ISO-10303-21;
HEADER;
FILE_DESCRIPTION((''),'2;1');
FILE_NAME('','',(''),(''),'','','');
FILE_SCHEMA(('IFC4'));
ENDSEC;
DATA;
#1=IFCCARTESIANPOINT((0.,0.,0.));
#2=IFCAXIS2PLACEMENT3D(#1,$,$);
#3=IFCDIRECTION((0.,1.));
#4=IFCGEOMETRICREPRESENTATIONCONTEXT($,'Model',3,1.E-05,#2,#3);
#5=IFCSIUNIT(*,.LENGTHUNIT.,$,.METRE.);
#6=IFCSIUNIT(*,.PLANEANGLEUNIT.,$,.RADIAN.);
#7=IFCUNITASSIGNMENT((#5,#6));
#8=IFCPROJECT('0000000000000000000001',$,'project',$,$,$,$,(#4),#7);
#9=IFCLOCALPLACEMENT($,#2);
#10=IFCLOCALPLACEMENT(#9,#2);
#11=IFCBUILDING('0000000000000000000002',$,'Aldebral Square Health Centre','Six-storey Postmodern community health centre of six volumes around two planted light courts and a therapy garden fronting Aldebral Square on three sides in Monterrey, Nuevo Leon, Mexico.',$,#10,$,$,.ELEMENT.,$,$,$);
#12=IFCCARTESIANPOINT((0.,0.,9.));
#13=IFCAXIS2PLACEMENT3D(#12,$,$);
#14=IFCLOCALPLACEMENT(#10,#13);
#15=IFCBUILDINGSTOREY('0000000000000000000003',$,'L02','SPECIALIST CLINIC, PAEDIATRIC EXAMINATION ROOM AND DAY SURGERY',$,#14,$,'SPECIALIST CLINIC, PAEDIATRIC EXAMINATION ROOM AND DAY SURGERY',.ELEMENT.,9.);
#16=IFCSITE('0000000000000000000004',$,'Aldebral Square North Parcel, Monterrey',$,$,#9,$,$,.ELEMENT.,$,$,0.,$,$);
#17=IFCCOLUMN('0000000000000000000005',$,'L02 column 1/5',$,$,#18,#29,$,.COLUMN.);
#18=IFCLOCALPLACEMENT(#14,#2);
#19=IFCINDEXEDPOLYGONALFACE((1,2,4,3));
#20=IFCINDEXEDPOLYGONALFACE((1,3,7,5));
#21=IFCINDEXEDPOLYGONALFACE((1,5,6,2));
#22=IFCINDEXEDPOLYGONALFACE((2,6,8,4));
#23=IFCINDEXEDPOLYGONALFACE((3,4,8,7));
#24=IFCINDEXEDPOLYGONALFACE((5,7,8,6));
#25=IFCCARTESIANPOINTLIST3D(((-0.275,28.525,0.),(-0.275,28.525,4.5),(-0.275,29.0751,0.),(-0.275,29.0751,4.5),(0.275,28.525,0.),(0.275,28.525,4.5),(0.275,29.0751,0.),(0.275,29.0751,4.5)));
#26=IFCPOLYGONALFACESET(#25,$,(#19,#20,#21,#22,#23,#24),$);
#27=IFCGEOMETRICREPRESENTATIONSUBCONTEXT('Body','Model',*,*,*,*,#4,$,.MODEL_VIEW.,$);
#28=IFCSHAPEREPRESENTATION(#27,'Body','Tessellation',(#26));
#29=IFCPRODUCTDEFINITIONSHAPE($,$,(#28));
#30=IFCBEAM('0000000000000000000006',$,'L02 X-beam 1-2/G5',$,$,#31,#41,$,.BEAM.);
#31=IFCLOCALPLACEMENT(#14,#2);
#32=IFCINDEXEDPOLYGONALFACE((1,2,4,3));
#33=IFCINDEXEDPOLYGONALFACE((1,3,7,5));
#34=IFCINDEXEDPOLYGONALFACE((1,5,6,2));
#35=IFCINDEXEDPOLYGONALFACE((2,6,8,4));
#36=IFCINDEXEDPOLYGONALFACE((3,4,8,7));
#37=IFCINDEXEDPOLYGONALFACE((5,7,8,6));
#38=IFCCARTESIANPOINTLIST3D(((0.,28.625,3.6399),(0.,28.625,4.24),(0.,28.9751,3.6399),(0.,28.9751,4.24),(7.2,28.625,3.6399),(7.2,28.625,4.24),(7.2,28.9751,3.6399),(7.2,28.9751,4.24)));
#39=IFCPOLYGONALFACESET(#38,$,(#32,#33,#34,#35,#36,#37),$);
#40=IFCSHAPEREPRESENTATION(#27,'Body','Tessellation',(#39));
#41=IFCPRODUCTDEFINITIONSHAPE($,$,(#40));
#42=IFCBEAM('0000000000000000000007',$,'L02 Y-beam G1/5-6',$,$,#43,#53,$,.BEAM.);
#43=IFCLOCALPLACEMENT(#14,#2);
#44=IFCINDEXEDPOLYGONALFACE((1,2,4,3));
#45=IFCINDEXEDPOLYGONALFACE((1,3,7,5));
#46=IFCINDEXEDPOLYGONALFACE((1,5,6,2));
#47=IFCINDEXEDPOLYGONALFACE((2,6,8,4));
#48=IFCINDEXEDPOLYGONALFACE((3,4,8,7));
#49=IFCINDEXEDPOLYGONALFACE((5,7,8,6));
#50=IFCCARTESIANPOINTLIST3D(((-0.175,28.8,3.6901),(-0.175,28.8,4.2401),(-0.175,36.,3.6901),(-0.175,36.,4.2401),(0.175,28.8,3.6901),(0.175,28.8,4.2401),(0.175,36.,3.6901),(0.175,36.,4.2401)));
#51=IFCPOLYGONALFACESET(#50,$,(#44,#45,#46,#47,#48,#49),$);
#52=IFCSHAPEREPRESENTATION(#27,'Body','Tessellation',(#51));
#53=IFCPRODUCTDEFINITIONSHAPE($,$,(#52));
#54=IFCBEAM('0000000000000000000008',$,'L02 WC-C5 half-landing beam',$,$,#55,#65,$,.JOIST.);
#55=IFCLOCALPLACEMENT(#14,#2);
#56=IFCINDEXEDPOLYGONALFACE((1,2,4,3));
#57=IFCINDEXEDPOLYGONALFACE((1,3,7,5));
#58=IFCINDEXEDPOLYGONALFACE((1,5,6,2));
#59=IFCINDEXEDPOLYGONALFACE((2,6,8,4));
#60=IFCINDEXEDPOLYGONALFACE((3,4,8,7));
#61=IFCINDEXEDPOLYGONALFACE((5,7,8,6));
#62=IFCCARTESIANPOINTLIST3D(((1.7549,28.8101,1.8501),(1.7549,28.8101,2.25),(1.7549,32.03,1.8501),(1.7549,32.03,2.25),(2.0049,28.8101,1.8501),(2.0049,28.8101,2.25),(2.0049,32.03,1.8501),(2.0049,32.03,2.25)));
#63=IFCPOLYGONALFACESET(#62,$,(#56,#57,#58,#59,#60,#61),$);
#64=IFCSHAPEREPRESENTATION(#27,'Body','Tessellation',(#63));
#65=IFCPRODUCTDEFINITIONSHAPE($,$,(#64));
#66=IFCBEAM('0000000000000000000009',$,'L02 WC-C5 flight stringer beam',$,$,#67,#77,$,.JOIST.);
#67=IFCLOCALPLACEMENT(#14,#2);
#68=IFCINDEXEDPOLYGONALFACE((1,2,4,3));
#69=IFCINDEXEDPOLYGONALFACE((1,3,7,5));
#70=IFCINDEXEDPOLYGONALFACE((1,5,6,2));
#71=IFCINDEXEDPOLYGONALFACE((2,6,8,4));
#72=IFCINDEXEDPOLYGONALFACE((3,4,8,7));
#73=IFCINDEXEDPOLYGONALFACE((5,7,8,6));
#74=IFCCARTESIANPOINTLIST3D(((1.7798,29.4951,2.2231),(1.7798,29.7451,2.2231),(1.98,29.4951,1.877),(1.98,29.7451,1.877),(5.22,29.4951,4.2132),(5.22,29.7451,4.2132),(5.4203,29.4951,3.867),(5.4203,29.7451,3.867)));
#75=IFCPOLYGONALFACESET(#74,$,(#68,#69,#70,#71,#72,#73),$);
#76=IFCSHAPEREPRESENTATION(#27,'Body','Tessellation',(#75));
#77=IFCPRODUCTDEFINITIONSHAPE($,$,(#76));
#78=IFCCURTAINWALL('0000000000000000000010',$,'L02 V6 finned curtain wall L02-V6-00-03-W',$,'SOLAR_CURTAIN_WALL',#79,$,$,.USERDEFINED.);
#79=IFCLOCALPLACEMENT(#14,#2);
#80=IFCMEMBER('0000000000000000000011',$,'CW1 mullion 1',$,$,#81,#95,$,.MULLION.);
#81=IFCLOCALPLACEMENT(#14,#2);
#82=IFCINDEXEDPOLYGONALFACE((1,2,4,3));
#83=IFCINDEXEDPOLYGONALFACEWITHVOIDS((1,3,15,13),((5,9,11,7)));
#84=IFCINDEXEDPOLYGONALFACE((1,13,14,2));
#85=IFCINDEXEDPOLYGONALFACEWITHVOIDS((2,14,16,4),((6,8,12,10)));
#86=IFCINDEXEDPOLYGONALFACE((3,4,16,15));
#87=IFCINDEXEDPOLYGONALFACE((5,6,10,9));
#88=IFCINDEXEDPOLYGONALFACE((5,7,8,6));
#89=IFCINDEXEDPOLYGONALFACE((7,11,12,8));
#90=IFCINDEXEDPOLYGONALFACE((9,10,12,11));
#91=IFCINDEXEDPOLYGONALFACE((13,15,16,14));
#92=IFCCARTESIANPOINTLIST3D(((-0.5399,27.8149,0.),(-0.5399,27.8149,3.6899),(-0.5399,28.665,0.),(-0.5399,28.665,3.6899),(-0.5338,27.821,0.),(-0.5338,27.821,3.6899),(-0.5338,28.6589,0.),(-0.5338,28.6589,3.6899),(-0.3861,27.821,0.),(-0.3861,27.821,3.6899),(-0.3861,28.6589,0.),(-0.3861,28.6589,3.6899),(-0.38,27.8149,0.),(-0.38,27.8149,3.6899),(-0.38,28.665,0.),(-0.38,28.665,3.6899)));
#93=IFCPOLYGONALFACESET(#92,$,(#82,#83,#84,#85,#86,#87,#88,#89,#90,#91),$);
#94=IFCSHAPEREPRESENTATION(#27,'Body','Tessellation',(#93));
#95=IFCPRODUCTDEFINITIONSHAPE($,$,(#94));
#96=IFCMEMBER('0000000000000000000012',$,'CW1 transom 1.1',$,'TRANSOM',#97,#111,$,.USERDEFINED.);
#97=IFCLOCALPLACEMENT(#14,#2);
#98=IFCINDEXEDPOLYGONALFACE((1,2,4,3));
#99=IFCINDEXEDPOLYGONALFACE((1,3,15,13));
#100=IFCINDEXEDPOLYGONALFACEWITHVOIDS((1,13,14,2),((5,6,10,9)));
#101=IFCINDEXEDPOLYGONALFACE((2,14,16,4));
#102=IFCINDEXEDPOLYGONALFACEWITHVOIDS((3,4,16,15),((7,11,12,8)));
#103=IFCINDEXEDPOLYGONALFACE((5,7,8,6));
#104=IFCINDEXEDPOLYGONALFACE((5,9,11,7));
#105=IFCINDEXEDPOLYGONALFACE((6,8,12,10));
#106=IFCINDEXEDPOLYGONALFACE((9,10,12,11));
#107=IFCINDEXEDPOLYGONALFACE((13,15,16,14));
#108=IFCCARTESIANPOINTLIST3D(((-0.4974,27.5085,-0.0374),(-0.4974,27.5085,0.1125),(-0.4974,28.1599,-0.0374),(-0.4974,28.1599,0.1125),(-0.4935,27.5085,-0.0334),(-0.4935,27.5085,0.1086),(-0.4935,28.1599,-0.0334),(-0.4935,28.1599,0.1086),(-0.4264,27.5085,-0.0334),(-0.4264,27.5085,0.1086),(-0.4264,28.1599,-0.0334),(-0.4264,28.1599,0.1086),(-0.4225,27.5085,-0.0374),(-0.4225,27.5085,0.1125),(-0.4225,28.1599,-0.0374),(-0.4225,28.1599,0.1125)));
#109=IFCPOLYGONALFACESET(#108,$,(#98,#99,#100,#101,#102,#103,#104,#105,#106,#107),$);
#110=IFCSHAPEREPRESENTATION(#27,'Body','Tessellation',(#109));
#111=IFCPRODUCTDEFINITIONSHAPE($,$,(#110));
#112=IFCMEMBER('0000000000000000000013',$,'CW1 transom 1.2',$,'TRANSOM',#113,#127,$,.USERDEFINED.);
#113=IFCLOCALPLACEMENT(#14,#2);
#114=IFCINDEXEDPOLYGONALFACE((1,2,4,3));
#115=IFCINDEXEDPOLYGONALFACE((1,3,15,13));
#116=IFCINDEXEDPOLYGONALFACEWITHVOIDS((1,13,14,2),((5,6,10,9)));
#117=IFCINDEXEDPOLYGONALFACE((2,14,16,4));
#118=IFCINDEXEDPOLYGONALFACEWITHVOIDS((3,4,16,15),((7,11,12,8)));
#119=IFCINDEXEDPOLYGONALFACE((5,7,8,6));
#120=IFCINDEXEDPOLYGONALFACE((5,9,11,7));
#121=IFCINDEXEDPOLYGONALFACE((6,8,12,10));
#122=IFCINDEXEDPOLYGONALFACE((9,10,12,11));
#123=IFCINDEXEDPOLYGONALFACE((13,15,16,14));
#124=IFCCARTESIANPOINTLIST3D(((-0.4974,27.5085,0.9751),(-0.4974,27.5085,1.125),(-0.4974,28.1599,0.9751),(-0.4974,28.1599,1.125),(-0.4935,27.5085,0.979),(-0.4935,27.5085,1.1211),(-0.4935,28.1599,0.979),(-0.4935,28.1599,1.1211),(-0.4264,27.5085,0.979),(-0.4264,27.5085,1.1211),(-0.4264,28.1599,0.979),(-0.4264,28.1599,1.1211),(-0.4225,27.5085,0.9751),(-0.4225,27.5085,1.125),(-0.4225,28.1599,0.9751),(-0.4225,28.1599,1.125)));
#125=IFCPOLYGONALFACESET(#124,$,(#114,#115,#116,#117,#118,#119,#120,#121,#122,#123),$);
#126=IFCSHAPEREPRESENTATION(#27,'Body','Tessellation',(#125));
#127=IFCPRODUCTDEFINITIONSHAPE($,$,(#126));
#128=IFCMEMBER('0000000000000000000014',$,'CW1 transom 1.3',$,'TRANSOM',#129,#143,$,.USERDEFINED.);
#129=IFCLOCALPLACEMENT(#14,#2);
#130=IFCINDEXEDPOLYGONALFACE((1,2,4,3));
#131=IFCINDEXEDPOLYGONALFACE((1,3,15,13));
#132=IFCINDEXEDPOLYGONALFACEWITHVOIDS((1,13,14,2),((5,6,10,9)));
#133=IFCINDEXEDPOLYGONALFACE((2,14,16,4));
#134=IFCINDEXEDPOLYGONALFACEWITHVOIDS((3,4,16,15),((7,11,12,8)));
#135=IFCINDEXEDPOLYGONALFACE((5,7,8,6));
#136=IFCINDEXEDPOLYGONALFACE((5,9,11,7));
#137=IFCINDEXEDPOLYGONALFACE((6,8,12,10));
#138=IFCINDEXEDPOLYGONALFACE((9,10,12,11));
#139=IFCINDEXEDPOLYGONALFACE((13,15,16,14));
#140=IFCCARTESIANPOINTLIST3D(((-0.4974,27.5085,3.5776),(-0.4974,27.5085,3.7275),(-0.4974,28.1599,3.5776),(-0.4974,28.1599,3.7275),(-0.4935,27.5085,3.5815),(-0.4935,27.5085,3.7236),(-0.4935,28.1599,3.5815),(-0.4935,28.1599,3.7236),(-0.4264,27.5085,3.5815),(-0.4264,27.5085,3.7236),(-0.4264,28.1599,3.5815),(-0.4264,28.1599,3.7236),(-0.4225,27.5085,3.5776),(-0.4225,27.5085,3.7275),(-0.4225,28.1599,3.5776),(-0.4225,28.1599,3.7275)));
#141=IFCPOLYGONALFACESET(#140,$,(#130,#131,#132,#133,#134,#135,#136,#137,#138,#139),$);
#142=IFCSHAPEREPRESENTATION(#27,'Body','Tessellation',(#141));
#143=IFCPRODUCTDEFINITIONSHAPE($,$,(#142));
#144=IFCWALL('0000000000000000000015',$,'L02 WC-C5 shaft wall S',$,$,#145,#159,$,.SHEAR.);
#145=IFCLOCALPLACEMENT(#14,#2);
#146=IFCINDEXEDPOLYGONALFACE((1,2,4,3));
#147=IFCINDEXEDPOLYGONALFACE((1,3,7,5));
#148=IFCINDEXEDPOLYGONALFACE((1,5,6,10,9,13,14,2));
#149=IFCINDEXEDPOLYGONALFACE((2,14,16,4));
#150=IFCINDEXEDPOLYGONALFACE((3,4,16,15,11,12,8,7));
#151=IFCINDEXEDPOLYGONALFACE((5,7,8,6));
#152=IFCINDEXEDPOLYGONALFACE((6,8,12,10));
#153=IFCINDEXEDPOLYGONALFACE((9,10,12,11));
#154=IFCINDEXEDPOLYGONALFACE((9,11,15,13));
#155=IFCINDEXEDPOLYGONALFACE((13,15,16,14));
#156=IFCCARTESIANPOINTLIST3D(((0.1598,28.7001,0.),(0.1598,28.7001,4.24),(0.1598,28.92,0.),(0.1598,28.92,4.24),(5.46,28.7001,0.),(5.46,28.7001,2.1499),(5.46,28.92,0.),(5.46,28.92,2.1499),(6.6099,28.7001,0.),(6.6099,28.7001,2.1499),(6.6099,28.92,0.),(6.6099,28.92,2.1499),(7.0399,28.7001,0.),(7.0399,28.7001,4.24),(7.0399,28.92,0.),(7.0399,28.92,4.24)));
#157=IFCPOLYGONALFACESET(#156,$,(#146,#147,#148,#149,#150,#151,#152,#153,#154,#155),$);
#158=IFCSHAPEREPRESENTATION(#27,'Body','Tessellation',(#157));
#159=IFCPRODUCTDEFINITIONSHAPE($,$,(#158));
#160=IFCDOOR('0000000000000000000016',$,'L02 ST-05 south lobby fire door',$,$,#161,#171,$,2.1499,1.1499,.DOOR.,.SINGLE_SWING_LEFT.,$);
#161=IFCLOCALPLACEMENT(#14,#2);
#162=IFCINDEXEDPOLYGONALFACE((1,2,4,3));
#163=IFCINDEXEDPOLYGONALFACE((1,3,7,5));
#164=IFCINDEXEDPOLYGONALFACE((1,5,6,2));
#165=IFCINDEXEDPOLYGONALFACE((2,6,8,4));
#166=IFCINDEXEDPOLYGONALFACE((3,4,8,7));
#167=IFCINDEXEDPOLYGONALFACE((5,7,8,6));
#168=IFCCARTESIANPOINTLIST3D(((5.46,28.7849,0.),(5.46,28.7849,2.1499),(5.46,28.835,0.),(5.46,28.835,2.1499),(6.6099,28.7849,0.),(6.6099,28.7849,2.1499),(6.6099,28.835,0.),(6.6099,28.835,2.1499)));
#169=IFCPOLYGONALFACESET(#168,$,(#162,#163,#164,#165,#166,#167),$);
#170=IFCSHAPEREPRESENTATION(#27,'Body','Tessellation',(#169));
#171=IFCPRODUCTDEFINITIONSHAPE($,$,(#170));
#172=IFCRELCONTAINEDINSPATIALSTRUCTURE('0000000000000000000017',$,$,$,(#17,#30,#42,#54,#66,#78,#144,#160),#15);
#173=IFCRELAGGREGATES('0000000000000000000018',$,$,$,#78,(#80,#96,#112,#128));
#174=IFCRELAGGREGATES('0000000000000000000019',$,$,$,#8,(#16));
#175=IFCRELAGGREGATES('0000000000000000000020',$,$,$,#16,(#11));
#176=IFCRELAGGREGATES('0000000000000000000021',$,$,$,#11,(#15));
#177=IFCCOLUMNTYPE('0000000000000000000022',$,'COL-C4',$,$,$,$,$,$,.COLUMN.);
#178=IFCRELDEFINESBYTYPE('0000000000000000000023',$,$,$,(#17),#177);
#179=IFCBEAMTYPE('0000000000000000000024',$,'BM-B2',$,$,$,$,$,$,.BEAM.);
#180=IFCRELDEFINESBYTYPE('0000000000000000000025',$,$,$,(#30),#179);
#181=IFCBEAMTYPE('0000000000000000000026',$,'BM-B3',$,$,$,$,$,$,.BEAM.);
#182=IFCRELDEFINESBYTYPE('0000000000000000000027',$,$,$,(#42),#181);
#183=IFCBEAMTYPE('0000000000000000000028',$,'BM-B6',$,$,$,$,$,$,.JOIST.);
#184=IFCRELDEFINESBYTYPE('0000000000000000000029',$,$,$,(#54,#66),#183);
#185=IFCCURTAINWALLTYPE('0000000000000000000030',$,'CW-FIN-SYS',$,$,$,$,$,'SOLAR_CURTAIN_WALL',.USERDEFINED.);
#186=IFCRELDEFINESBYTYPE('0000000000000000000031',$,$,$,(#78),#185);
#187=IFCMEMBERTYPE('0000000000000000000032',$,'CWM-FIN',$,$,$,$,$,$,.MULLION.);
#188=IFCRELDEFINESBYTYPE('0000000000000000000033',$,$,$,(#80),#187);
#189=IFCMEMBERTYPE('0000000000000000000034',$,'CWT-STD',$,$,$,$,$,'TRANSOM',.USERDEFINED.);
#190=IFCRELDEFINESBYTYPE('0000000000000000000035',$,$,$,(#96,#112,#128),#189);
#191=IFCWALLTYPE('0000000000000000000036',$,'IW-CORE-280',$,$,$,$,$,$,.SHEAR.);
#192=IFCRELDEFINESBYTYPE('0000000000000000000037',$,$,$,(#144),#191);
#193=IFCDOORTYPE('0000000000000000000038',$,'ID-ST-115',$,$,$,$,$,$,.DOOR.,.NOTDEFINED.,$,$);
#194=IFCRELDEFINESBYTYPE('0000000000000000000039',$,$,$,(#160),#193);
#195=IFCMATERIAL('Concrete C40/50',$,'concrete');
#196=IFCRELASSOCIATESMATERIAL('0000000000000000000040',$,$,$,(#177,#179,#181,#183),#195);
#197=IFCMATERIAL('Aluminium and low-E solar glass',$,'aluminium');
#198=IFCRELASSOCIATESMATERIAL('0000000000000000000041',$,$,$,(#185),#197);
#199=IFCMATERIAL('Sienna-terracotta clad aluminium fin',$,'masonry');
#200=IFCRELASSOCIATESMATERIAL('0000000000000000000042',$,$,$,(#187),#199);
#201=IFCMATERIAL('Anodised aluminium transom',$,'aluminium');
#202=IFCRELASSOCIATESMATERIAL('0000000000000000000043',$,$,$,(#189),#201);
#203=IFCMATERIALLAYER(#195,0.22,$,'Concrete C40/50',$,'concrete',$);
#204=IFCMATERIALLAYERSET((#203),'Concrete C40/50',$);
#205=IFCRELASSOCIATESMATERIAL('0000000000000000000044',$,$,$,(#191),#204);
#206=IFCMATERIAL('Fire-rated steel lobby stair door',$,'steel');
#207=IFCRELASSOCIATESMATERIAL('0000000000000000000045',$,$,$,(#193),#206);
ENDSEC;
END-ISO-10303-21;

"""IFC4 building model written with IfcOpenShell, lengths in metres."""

from ifc_helpers import new_model, si_unit, direction, frame, frame_2d, origin, origin_2d, place, context, subcontext, project, spatial, rectangle, hollow_rectangle, extrude, material, layer, layer_set, material_profile, profile_set, type_object, element, fill, aggregate, save


model = new_model("IFC4")

# Units and contexts
model_context = context("Model", 3, precision=1e-05, world=origin(), true_north=direction((0.0, 1.0)))
body_context = subcontext(model_context, "Body", "Model", "MODEL_VIEW")
ifc_project = project(units=[si_unit("LENGTHUNIT", "METRE"), si_unit("PLANEANGLEUNIT", "RADIAN")], contexts=[model_context])

# Site, building, storey
site_placement = place(None, origin())
site = spatial("IfcSite", under=ifc_project, at=site_placement, Name="Aldebral Square North Parcel, Monterrey", CompositionType="ELEMENT", RefElevation=0.0)
building_placement = place(site_placement, origin())
building = spatial("IfcBuilding", under=site, at=building_placement, Name="Aldebral Square Health Centre", Description="Six-storey Postmodern community health centre of six volumes around two planted light courts and a therapy garden fronting Aldebral Square on three sides in Monterrey, Nuevo Leon, Mexico.", CompositionType="ELEMENT")
storey_placement = place(building_placement, frame((0.0, 0.0, 9.0)))
storey = spatial("IfcBuildingStorey", under=building, at=storey_placement, Name="L02", Description="SPECIALIST CLINIC, PAEDIATRIC EXAMINATION ROOM AND DAY SURGERY", LongName="SPECIALIST CLINIC, PAEDIATRIC EXAMINATION ROOM AND DAY SURGERY", CompositionType="ELEMENT", Elevation=9.0)

# Column
ifc_material_1 = material(Name="Concrete C40/50", Category="concrete")
ifc_material_profile_1 = material_profile(ifc_material_1, rectangle(XDim=0.55, YDim=0.55, at=origin_2d()), Name="RC 550x550")
ifc_profile_set_1 = profile_set([ifc_material_profile_1], Name="Concrete C40/50")
column_type = type_object("IfcColumnType", Name="COL-C4", PredefinedType="COLUMN", material=ifc_profile_set_1)
column_placement = place(storey_placement, frame((0.0, 28.8, 0.0), z_axis=(0.0, 0.0, 1.0), x_axis=(1.0, 0.0, 0.0)))
element("IfcColumn", 1, at=column_placement, inside=storey, type_object=column_type, Name="L02 column 1/5", PredefinedType="COLUMN", context=body_context, shape_type="SweptSolid", body=[
    extrude(rectangle(XDim=0.55, YDim=0.55, at=origin_2d()), origin(), (0.0, 0.0, 1.0), 4.5),
])

# Beams
ifc_material_profile_2 = material_profile(ifc_material_1, rectangle(XDim=0.3501, YDim=0.6001, at=origin_2d()), Name="RC 350x600")
ifc_profile_set_2 = profile_set([ifc_material_profile_2], Name="Concrete C40/50")
beam_type_1 = type_object("IfcBeamType", Name="BM-B2", PredefinedType="BEAM", material=ifc_profile_set_2)
beam_1_placement = place(storey_placement, frame((0.0, 28.8, 3.9399), z_axis=(1.0, 0.0, 0.0), x_axis=(0.0, 1.0, 0.0)))
element("IfcBeam", 2, at=beam_1_placement, inside=storey, type_object=beam_type_1, Name="L02 X-beam 1-2/G5", PredefinedType="BEAM", context=body_context, shape_type="SweptSolid", body=[
    extrude(rectangle(XDim=0.3501, YDim=0.6001, at=origin_2d()), origin(), (0.0, 0.0, 1.0), 7.2),
])
ifc_material_profile_3 = material_profile(ifc_material_1, rectangle(XDim=0.3501, YDim=0.55, at=origin_2d()), Name="RC 350x550")
ifc_profile_set_3 = profile_set([ifc_material_profile_3], Name="Concrete C40/50")
beam_type_2 = type_object("IfcBeamType", Name="BM-B3", PredefinedType="BEAM", material=ifc_profile_set_3)
beam_2_placement = place(storey_placement, frame((0.0, 28.8, 3.9651), z_axis=(0.0, 1.0, 0.0), x_axis=(-1.0, 0.0, 0.0)))
element("IfcBeam", 3, at=beam_2_placement, inside=storey, type_object=beam_type_2, Name="L02 Y-beam G1/5-6", PredefinedType="BEAM", context=body_context, shape_type="SweptSolid", body=[
    extrude(rectangle(XDim=0.3501, YDim=0.55, at=origin_2d()), origin(), (0.0, 0.0, 1.0), 7.2),
])
ifc_material_profile_4 = material_profile(ifc_material_1, rectangle(XDim=0.25, YDim=0.3999, at=origin_2d()), Name="RC 250x400")
ifc_profile_set_4 = profile_set([ifc_material_profile_4], Name="Concrete C40/50")
beam_type_3 = type_object("IfcBeamType", Name="BM-B6", PredefinedType="JOIST", material=ifc_profile_set_4)
beam_3_placement = place(storey_placement, frame((1.8799, 28.8101, 2.05), z_axis=(0.0, 1.0, 0.0), x_axis=(-1.0, 0.0, 0.0)))
element("IfcBeam", 4, at=beam_3_placement, inside=storey, type_object=beam_type_3, Name="L02 WC-C5 half-landing beam", PredefinedType="JOIST", context=body_context, shape_type="SweptSolid", body=[
    extrude(rectangle(XDim=0.25, YDim=0.3999, at=origin_2d()), origin(), (0.0, 0.0, 1.0), 3.22),
])
beam_4_placement = place(storey_placement, frame((1.8799, 29.6201, 2.05), z_axis=(0.865611, 0.0, 0.500717), x_axis=(0.0, 1.0, 0.0)))
element("IfcBeam", 5, at=beam_4_placement, inside=storey, type_object=beam_type_3, Name="L02 WC-C5 flight stringer beam", PredefinedType="JOIST", context=body_context, shape_type="SweptSolid", body=[
    extrude(rectangle(XDim=0.25, YDim=0.3999, at=origin_2d()), origin(), (0.0, 0.0, 1.0), 3.9744),
])

# Curtain wall, members
ifc_material_2 = material(Name="Aluminium and low-E solar glass", Category="aluminium")
curtain_wall_type = type_object("IfcCurtainWallType", Name="CW-FIN-SYS", ElementType="SOLAR_CURTAIN_WALL", PredefinedType="USERDEFINED", material=ifc_material_2)
curtain_wall_placement = place(storey_placement, origin())
curtain_wall = element("IfcCurtainWall", 6, at=curtain_wall_placement, inside=storey, type_object=curtain_wall_type, Name="L02 V6 finned curtain wall L02-V6-00-03-W", ObjectType="SOLAR_CURTAIN_WALL", PredefinedType="USERDEFINED")
ifc_material_3 = material(Name="Sienna-terracotta clad aluminium fin", Category="masonry")
ifc_material_profile_5 = material_profile(ifc_material_3, hollow_rectangle(XDim=0.1599, YDim=0.8501, WallThickness=0.0061, at=origin_2d()), Name="FIN 160x850x6")
ifc_profile_set_5 = profile_set([ifc_material_profile_5], Name="Sienna-terracotta clad aluminium fin")
member_type_1 = type_object("IfcMemberType", Name="CWM-FIN", PredefinedType="MULLION", material=ifc_profile_set_5)
member_1_placement = place(storey_placement, frame((-0.46, 28.24, 0.0), z_axis=(0.0, 0.0, 1.0), x_axis=(1.0, 0.0, 0.0)))
member_1 = element("IfcMember", 7, at=member_1_placement, type_object=member_type_1, Name="CW1 mullion 1", PredefinedType="MULLION", context=body_context, shape_type="SweptSolid", body=[
    extrude(hollow_rectangle(XDim=0.1599, YDim=0.8501, WallThickness=0.0061, at=origin_2d()), origin(), (0.0, 0.0, 1.0), 3.6899),
])
ifc_material_4 = material(Name="Anodised aluminium transom", Category="aluminium")
ifc_material_profile_6 = material_profile(ifc_material_4, hollow_rectangle(XDim=0.075, YDim=0.1499, WallThickness=0.0039, at=origin_2d()), Name="CWT 75x150x4")
ifc_profile_set_6 = profile_set([ifc_material_profile_6], Name="Anodised aluminium transom")
member_type_2 = type_object("IfcMemberType", Name="CWT-STD", ElementType="TRANSOM", PredefinedType="USERDEFINED", material=ifc_profile_set_6)
member_2_placement = place(storey_placement, frame((-0.46, 28.1599, 0.0376), z_axis=(0.0, -1.0, 0.0), x_axis=(1.0, 0.0, 0.0)))
member_2 = element("IfcMember", 8, at=member_2_placement, type_object=member_type_2, Name="CW1 transom 1.1", ObjectType="TRANSOM", PredefinedType="USERDEFINED", context=body_context, shape_type="SweptSolid", body=[
    extrude(hollow_rectangle(XDim=0.075, YDim=0.1499, WallThickness=0.0039, at=origin_2d()), origin(), (0.0, 0.0, 1.0), 0.6514),
])
member_3_placement = place(storey_placement, frame((-0.46, 28.1599, 1.05), z_axis=(0.0, -1.0, 0.0), x_axis=(1.0, 0.0, 0.0)))
member_3 = element("IfcMember", 9, at=member_3_placement, type_object=member_type_2, Name="CW1 transom 1.2", ObjectType="TRANSOM", PredefinedType="USERDEFINED", context=body_context, shape_type="SweptSolid", body=[
    extrude(hollow_rectangle(XDim=0.075, YDim=0.1499, WallThickness=0.0039, at=origin_2d()), origin(), (0.0, 0.0, 1.0), 0.6514),
])
member_4_placement = place(storey_placement, frame((-0.46, 28.1599, 3.6526), z_axis=(0.0, -1.0, 0.0), x_axis=(1.0, 0.0, 0.0)))
member_4 = element("IfcMember", 10, at=member_4_placement, type_object=member_type_2, Name="CW1 transom 1.3", ObjectType="TRANSOM", PredefinedType="USERDEFINED", context=body_context, shape_type="SweptSolid", body=[
    extrude(hollow_rectangle(XDim=0.075, YDim=0.1499, WallThickness=0.0039, at=origin_2d()), origin(), (0.0, 0.0, 1.0), 0.6514),
])
aggregate(curtain_wall, [member_1, member_2, member_3, member_4])

# Wall, opening, door
ifc_layer_1 = layer(ifc_material_1, 0.22, Name="Concrete C40/50", Category="concrete")
ifc_layer_set_1 = layer_set([ifc_layer_1], Name="Concrete C40/50")
wall_type_1 = type_object("IfcWallType", Name="IW-CORE-280", PredefinedType="SHEAR", material=ifc_layer_set_1)
wall_1_placement = place(storey_placement, frame((0.1599, 28.8101, 0.0), z_axis=(0.0, 0.0, 1.0), x_axis=(1.0, 0.0, 0.0)))
wall_1 = element("IfcWall", 11, at=wall_1_placement, inside=storey, type_object=wall_type_1, Name="L02 WC-C5 shaft wall S", PredefinedType="SHEAR", context=body_context, shape_type="SweptSolid", body=[
    extrude(rectangle(XDim=6.8801, YDim=0.22, at=frame_2d((3.4399, 0.0))), origin(), (0.0, 0.0, 1.0), 4.24),
])
opening_1_placement = place(wall_1_placement, frame((5.3, 0.0, 0.0)))
opening_1 = element("IfcOpeningElement", 12, at=opening_1_placement, cuts=wall_1, PredefinedType="OPENING", context=body_context, shape_type="SweptSolid", body=[
    extrude(rectangle(XDim=1.1499, YDim=2.1499, at=frame_2d((0.575, 1.075))), frame((0.0, 0.1201, 0.0), z_axis=(0.0, -1.0, 0.0), x_axis=(1.0, 0.0, 0.0)), (0.0, 0.0, 1.0), 0.24),
])
ifc_material_5 = material(Name="Fire-rated steel lobby stair door", Category="steel")
door_type_1 = type_object("IfcDoorType", Name="ID-ST-115", OperationType="NOTDEFINED", PredefinedType="DOOR", material=ifc_material_5)
door_1_placement = place(opening_1_placement, origin())
door_1 = element("IfcDoor", 13, at=door_1_placement, inside=storey, type_object=door_type_1, Name="L02 ST-05 south lobby fire door", OperationType="SINGLE_SWING_LEFT", OverallHeight=2.1499, OverallWidth=1.1499, PredefinedType="DOOR", context=body_context, shape_type="SweptSolid", body=[
    extrude(rectangle(XDim=1.1499, YDim=2.1499, at=frame_2d((0.575, 1.075))), frame((0.0, 0.0249, 0.0), z_axis=(0.0, -1.0, 0.0), x_axis=(1.0, 0.0, 0.0)), (0.0, 0.0, 1.0), 0.05),
])
fill(opening_1, door_1)

save(model, "model.ifc")
